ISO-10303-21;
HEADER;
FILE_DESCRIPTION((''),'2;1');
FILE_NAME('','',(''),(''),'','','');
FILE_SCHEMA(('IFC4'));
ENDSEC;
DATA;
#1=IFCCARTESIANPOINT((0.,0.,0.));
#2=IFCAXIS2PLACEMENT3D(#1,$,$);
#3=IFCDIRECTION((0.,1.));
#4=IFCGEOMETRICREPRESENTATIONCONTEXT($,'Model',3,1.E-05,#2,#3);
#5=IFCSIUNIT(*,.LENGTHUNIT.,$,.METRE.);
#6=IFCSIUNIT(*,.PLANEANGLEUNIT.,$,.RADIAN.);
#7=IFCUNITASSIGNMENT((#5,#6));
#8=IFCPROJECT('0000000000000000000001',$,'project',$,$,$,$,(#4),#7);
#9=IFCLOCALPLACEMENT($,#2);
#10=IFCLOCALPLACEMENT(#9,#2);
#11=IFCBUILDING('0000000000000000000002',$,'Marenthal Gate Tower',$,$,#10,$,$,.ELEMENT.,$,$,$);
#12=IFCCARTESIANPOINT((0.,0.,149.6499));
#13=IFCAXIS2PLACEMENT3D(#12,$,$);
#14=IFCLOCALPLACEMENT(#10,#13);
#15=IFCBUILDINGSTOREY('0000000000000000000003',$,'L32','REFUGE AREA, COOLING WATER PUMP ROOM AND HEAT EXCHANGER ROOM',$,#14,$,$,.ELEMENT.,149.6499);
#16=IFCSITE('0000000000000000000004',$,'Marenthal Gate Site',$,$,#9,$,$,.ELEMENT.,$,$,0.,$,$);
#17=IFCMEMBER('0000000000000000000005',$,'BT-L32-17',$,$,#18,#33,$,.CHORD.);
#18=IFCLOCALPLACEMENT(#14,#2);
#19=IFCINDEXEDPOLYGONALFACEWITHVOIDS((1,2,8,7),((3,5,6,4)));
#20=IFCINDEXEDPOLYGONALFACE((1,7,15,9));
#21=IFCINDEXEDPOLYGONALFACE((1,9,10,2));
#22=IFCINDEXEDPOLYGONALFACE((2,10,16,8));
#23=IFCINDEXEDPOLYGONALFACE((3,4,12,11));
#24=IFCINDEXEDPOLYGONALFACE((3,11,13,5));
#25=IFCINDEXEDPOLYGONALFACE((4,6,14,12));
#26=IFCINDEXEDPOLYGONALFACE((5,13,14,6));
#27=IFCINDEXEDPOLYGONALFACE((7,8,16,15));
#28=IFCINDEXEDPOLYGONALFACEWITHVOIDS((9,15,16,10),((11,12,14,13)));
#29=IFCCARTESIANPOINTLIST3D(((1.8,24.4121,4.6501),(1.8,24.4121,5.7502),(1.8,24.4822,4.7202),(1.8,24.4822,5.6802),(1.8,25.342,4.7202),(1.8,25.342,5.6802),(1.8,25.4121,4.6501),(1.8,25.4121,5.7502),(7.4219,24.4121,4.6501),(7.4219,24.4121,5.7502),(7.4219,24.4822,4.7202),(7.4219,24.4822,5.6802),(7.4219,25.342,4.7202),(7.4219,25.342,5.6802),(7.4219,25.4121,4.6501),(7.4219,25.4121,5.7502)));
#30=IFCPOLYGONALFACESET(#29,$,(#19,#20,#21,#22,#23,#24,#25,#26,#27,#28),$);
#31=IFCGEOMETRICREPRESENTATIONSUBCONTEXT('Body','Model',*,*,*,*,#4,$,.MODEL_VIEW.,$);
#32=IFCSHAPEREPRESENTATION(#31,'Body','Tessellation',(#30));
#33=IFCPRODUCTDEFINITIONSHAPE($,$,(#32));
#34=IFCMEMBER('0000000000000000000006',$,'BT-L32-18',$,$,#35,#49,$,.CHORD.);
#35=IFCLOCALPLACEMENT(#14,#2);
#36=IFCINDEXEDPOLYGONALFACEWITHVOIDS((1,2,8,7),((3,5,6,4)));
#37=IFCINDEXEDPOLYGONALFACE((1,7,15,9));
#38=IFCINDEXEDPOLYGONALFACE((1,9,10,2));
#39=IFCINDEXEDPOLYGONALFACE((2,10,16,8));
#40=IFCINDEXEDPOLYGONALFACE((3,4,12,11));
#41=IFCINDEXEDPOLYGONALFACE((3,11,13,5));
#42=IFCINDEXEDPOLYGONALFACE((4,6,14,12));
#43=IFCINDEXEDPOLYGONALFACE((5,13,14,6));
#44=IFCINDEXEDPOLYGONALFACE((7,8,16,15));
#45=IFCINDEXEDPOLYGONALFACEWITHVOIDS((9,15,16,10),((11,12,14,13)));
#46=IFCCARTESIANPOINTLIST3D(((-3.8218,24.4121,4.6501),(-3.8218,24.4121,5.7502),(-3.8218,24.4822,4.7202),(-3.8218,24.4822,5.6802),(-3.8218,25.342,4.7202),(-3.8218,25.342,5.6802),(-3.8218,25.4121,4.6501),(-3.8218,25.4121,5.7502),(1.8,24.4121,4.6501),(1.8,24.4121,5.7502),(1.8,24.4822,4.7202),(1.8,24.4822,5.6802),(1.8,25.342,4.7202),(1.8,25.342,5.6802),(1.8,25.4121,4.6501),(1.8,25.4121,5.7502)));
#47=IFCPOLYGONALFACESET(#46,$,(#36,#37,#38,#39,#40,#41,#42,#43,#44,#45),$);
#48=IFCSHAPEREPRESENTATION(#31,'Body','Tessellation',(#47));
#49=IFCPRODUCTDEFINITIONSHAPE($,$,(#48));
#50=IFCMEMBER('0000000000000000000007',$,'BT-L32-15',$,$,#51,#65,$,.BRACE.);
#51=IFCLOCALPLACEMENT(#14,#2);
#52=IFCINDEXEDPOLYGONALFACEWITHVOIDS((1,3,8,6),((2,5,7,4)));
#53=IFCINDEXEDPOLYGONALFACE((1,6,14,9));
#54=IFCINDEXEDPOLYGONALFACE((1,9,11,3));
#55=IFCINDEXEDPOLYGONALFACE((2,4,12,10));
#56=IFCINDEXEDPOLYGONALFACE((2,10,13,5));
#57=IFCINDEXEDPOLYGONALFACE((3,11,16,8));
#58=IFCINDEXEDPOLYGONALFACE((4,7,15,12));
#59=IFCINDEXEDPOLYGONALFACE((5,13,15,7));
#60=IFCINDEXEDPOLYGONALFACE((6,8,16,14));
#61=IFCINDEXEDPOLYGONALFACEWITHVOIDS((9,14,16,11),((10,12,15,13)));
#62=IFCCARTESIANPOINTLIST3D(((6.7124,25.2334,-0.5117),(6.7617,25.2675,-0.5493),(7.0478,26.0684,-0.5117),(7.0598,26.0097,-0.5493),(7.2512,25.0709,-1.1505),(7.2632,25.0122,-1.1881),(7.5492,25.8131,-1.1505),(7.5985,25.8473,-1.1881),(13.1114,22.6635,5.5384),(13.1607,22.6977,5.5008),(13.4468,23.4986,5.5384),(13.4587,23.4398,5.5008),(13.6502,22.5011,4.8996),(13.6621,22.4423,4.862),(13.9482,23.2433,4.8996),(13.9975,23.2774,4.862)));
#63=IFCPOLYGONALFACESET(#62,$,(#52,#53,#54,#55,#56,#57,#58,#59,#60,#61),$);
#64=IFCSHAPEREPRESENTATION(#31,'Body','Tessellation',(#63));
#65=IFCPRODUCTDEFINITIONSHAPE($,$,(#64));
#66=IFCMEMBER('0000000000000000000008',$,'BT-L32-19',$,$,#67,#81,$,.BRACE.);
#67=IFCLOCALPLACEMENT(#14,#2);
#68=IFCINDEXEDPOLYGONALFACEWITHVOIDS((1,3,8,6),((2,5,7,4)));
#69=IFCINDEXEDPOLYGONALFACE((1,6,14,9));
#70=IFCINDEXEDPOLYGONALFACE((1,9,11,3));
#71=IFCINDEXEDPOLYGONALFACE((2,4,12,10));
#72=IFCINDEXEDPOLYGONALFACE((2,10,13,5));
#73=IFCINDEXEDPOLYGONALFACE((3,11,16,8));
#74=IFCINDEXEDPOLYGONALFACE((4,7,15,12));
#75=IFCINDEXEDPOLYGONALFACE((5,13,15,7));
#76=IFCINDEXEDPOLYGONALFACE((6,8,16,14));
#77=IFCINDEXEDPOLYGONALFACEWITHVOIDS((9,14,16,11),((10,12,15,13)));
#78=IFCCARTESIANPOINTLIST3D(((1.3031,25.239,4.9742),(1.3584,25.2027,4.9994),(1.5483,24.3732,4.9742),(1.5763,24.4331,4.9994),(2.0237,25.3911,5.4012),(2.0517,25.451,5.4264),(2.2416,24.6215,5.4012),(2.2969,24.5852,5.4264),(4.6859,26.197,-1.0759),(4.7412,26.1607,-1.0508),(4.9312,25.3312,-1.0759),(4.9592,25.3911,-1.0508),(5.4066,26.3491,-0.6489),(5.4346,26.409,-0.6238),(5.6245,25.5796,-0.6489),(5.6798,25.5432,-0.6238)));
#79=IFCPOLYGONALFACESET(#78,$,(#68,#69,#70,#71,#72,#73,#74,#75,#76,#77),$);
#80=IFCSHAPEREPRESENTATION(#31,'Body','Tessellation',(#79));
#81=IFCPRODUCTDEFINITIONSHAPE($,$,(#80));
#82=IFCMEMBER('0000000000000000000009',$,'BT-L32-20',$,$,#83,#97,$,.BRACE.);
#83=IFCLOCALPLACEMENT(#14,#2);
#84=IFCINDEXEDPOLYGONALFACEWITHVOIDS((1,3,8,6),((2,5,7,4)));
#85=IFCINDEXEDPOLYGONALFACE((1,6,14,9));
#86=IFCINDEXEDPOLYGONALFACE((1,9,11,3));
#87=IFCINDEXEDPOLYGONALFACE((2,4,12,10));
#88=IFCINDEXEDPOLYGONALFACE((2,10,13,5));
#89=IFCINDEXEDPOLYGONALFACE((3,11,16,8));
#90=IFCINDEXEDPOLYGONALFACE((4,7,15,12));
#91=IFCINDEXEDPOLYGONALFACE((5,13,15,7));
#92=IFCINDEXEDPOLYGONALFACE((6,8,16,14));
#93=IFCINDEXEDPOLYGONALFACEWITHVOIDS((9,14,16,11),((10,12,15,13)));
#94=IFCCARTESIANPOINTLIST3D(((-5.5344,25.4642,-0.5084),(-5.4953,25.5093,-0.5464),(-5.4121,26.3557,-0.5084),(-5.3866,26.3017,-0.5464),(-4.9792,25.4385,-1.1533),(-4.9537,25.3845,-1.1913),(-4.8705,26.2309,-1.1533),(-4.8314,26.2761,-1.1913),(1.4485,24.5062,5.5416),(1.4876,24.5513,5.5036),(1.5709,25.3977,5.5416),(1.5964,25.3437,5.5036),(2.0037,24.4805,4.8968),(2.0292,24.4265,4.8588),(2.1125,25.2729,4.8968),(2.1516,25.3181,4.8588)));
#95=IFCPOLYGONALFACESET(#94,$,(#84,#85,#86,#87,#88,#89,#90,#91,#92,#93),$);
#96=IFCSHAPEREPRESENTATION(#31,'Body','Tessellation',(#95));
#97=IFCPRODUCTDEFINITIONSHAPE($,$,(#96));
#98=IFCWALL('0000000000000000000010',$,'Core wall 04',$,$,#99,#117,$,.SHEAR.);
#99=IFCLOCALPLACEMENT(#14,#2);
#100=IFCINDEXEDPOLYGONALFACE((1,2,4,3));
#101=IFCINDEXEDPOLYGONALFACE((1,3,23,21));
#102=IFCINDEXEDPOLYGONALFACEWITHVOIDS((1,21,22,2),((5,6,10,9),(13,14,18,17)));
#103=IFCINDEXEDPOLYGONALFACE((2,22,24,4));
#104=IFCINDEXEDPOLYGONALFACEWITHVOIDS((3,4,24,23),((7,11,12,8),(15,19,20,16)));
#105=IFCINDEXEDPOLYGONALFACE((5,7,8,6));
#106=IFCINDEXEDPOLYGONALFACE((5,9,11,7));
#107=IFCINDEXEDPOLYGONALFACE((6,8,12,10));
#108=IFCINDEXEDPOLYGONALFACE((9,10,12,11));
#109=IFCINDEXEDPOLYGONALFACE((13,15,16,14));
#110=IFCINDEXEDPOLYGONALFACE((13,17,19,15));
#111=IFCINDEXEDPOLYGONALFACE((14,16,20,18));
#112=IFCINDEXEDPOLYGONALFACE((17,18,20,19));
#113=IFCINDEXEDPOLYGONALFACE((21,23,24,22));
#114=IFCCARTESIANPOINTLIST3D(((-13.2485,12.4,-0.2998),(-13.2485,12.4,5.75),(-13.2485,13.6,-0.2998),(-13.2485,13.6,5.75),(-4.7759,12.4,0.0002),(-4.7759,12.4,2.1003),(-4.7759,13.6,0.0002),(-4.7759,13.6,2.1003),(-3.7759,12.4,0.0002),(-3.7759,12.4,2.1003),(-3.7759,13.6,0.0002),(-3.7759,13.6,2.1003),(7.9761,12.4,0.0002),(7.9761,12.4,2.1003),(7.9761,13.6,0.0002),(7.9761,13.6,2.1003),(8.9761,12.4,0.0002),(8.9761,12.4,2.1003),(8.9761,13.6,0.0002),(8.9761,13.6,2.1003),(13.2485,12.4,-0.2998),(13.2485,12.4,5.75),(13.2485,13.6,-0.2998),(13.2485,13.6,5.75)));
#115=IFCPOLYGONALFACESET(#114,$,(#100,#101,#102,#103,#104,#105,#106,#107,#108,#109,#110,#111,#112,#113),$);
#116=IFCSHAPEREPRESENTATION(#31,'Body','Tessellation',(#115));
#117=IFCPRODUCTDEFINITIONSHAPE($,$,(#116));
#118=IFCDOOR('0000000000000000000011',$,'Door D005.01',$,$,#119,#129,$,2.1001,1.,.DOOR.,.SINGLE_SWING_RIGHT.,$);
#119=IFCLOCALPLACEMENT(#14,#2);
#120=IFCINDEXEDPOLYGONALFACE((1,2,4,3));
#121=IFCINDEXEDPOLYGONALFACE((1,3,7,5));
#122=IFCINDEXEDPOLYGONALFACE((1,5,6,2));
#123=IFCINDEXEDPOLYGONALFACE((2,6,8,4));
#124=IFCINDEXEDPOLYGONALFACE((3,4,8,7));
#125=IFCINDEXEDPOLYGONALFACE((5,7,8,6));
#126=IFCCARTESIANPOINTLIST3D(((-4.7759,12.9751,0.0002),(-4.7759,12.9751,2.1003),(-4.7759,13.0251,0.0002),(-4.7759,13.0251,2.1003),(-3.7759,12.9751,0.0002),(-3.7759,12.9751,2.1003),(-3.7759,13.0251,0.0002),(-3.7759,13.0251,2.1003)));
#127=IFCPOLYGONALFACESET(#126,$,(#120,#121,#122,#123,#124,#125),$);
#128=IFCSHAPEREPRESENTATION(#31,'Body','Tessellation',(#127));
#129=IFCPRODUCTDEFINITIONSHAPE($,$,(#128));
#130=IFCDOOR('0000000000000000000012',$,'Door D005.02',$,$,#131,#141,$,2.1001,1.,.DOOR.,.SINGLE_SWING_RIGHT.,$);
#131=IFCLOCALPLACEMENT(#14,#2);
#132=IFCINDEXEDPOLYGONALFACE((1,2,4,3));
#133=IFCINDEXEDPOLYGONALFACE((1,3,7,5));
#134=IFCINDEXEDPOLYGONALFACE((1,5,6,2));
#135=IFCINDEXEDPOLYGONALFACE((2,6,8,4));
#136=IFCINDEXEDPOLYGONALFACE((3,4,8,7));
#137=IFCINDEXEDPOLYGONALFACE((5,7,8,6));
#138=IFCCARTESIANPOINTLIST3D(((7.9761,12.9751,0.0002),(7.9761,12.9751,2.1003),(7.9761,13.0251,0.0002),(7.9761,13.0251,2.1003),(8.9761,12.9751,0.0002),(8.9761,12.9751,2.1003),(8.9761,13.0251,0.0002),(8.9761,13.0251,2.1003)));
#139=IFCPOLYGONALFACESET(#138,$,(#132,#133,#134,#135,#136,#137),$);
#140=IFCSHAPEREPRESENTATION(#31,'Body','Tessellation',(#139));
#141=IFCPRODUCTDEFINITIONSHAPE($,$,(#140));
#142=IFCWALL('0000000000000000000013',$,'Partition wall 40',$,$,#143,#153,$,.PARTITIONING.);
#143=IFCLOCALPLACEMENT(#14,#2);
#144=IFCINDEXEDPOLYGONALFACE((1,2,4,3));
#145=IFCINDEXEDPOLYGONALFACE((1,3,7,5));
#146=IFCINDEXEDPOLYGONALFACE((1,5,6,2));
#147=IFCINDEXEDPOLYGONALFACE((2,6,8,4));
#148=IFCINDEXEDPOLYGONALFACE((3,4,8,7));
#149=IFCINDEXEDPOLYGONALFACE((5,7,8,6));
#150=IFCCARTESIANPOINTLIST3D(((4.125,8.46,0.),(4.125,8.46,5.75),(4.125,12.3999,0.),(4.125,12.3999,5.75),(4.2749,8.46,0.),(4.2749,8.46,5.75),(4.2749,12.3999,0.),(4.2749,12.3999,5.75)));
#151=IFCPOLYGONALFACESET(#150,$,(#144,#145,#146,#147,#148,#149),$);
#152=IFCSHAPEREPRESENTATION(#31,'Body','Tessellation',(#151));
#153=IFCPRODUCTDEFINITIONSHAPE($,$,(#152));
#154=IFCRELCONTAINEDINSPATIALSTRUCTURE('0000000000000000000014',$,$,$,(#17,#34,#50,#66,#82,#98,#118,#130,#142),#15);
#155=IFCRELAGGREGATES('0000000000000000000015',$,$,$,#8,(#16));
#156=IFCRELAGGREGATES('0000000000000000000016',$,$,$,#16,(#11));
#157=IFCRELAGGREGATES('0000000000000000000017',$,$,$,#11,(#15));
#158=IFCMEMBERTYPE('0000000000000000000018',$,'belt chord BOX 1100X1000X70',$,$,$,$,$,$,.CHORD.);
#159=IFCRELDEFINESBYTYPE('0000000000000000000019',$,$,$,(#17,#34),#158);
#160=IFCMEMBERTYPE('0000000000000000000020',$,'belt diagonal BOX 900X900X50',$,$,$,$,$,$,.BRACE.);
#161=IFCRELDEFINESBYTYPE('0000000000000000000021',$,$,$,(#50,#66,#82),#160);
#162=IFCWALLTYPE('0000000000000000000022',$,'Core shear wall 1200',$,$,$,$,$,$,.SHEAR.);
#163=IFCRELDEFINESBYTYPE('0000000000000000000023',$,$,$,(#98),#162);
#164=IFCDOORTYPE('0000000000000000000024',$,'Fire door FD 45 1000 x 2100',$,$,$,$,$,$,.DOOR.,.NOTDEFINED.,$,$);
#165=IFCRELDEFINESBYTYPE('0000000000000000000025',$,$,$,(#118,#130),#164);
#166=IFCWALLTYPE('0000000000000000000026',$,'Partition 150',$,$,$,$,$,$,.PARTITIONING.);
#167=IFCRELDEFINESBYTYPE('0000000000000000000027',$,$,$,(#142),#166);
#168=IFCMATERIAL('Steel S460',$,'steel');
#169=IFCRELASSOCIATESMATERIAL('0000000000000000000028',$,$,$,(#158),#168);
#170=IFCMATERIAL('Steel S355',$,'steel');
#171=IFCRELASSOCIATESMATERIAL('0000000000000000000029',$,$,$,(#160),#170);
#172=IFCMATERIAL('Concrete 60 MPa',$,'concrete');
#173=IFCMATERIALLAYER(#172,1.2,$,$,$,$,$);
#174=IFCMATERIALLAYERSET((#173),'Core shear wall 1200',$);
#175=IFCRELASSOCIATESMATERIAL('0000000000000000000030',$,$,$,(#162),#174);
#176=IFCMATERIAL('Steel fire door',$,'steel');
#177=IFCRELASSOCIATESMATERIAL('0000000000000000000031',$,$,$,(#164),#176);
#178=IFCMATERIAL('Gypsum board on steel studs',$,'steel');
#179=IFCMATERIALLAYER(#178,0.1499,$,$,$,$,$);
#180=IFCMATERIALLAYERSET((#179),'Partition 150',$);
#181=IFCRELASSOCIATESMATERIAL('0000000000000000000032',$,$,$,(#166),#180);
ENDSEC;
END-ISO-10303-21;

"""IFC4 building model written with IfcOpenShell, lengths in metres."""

from ifc_helpers import new_model, si_unit, direction, frame, frame_2d, origin, origin_2d, place, context, subcontext, project, spatial, rectangle, hollow_rectangle, extrude, material, layer, layer_set, material_profile, profile_set, type_object, element, fill, save


model = new_model("IFC4")

# Units and contexts
model_context = context("Model", 3, precision=1e-05, world=origin(), true_north=direction((0.0, 1.0)))
body_context = subcontext(model_context, "Body", "Model", "MODEL_VIEW")
ifc_project = project(units=[si_unit("LENGTHUNIT", "METRE"), si_unit("PLANEANGLEUNIT", "RADIAN")], contexts=[model_context])

# Site, building, storey
site_placement = place(None, origin())
site = spatial("IfcSite", under=ifc_project, at=site_placement, Name="Marenthal Gate Site", CompositionType="ELEMENT", RefElevation=0.0)
building_placement = place(site_placement, origin())
building = spatial("IfcBuilding", under=site, at=building_placement, Name="Marenthal Gate Tower", CompositionType="ELEMENT")
storey_placement = place(building_placement, frame((0.0, 0.0, 149.6499)))
storey = spatial("IfcBuildingStorey", under=building, at=storey_placement, Name="L32", Description="REFUGE AREA, COOLING WATER PUMP ROOM AND HEAT EXCHANGER ROOM", CompositionType="ELEMENT", Elevation=149.6499)

# Members
ifc_material_1 = material(Name="Steel S460", Category="steel")
ifc_material_profile_1 = material_profile(ifc_material_1, hollow_rectangle(XDim=1.0, YDim=1.1001, WallThickness=0.0701, at=origin_2d()), Name="BOX 1100X1000X70")
ifc_profile_set_1 = profile_set([ifc_material_profile_1], Name="Steel S460")
member_type_1 = type_object("IfcMemberType", Name="belt chord BOX 1100X1000X70", PredefinedType="CHORD", material=ifc_profile_set_1)
for number, where, z_axis, x_axis, name in (
    (1, (7.4219, 24.9121, 5.2002), (-1.0, 0.0, 0.0), (0.0, -1.0, 0.0), "BT-L32-17"),
    (2, (1.8, 24.9121, 5.2002), (-1.0, 0.0, 0.0), (0.0, -1.0, 0.0), "BT-L32-18"),
):
    element("IfcMember", number, at=place(storey_placement, frame(where, z_axis=z_axis, x_axis=x_axis)), inside=storey, type_object=member_type_1, Name=name, PredefinedType="CHORD", context=body_context, shape_type="SweptSolid", body=[
        extrude(hollow_rectangle(XDim=1.0, YDim=1.1001, WallThickness=0.0701, at=origin_2d()), origin(), (0.0, 0.0, 1.0), 5.6218),
    ])
ifc_material_2 = material(Name="Steel S355", Category="steel")
ifc_material_profile_2 = material_profile(ifc_material_2, hollow_rectangle(XDim=0.8999, YDim=0.8999, WallThickness=0.05, at=origin_2d()), Name="BOX 900X900X50")
ifc_profile_set_2 = profile_set([ifc_material_profile_2], Name="Steel S355")
member_type_2 = type_object("IfcMemberType", Name="belt diagonal BOX 900X900X50", PredefinedType="BRACE", material=ifc_profile_set_2)
member_1_placement = place(storey_placement, frame((13.5544, 22.9705, 5.2002), z_axis=(-0.697544, 0.280135, -0.659513), x_axis=(-0.372672, -0.927963, 0.0)))
element("IfcMember", 3, at=member_1_placement, inside=storey, type_object=member_type_2, Name="BT-L32-15", PredefinedType="BRACE", context=body_context, shape_type="SweptSolid", body=[
    extrude(hollow_rectangle(XDim=0.8999, YDim=0.8999, WallThickness=0.05, at=origin_2d()), origin(), (0.0, 0.0, 1.0), 9.1736),
])
member_2_placement = place(storey_placement, frame((5.1829, 25.8701, -0.8499), z_axis=(-0.483435, -0.136908, 0.864608), x_axis=(0.272483, -0.962161, 0.0)))
element("IfcMember", 4, at=member_2_placement, inside=storey, type_object=member_type_2, Name="BT-L32-19", PredefinedType="BRACE", context=body_context, shape_type="SweptSolid", body=[
    extrude(hollow_rectangle(XDim=0.8999, YDim=0.8999, WallThickness=0.05, at=origin_2d()), origin(), (0.0, 0.0, 1.0), 6.9976),
])
member_3_placement = place(storey_placement, frame((1.8, 24.9121, 5.2002), z_axis=(-0.751755, 0.103136, -0.651327), x_axis=(-0.13592, -0.99072, 0.0)))
element("IfcMember", 5, at=member_3_placement, inside=storey, type_object=member_type_2, Name="BT-L32-20", PredefinedType="BRACE", context=body_context, shape_type="SweptSolid", body=[
    extrude(hollow_rectangle(XDim=0.8999, YDim=0.8999, WallThickness=0.05, at=origin_2d()), origin(), (0.0, 0.0, 1.0), 9.2888),
])

# Wall, openings, doors
ifc_material_3 = material(Name="Concrete 60 MPa", Category="concrete")
ifc_layer_1 = layer(ifc_material_3, 1.2)
ifc_layer_set_1 = layer_set([ifc_layer_1], Name="Core shear wall 1200")
wall_type_1 = type_object("IfcWallType", Name="Core shear wall 1200", PredefinedType="SHEAR", material=ifc_layer_set_1)
wall_1_placement = place(storey_placement, frame((13.2485, 13.0, -0.2998), z_axis=(0.0, 0.0, 1.0), x_axis=(-1.0, 0.0, 0.0)))
wall_1 = element("IfcWall", 6, at=wall_1_placement, inside=storey, type_object=wall_type_1, Name="Core wall 04", PredefinedType="SHEAR", context=body_context, shape_type="SweptSolid", body=[
    extrude(rectangle(XDim=26.4971, YDim=1.2, at=frame_2d((13.2485, 0.0))), origin(), (0.0, 0.0, 1.0), 6.0498),
])
opening_1_placement = place(wall_1_placement, frame((17.0244, 0.0, 0.3)))
opening_1 = element("IfcOpeningElement", 7, at=opening_1_placement, cuts=wall_1, PredefinedType="OPENING", context=body_context, shape_type="SweptSolid", body=[
    extrude(rectangle(XDim=1.0, YDim=2.1001, at=frame_2d((0.5, 1.05))), frame((0.0, 0.6099, 0.0), z_axis=(0.0, -1.0, 0.0), x_axis=(1.0, 0.0, 0.0)), (0.0, 0.0, 1.0), 1.22),
])
opening_2_placement = place(wall_1_placement, frame((4.2725, 0.0, 0.3)))
opening_2 = element("IfcOpeningElement", 8, at=opening_2_placement, cuts=wall_1, PredefinedType="OPENING", context=body_context, shape_type="SweptSolid", body=[
    extrude(rectangle(XDim=1.0, YDim=2.1001, at=frame_2d((0.5, 1.05))), frame((0.0, 0.6099, 0.0), z_axis=(0.0, -1.0, 0.0), x_axis=(1.0, 0.0, 0.0)), (0.0, 0.0, 1.0), 1.22),
])
ifc_material_4 = material(Name="Steel fire door", Category="steel")
door_type_1 = type_object("IfcDoorType", Name="Fire door FD 45 1000 x 2100", OperationType="NOTDEFINED", PredefinedType="DOOR", material=ifc_material_4)
door_1_placement = place(opening_1_placement, origin())
door_1 = element("IfcDoor", 9, at=door_1_placement, inside=storey, type_object=door_type_1, Name="Door D005.01", OperationType="SINGLE_SWING_RIGHT", OverallHeight=2.1001, OverallWidth=1.0, PredefinedType="DOOR", context=body_context, shape_type="SweptSolid", body=[
    extrude(rectangle(XDim=1.0, YDim=2.1001, at=frame_2d((0.5, 1.05))), frame((0.0, 0.0249, 0.0), z_axis=(0.0, -1.0, 0.0), x_axis=(1.0, 0.0, 0.0)), (0.0, 0.0, 1.0), 0.05),
])
fill(opening_1, door_1)
door_2_placement = place(opening_2_placement, origin())
door_2 = element("IfcDoor", 10, at=door_2_placement, inside=storey, type_object=door_type_1, Name="Door D005.02", OperationType="SINGLE_SWING_RIGHT", OverallHeight=2.1001, OverallWidth=1.0, PredefinedType="DOOR", context=body_context, shape_type="SweptSolid", body=[
    extrude(rectangle(XDim=1.0, YDim=2.1001, at=frame_2d((0.5, 1.05))), frame((0.0, 0.0249, 0.0), z_axis=(0.0, -1.0, 0.0), x_axis=(1.0, 0.0, 0.0)), (0.0, 0.0, 1.0), 0.05),
])
fill(opening_2, door_2)

# Wall
ifc_material_5 = material(Name="Gypsum board on steel studs", Category="steel")
ifc_layer_2 = layer(ifc_material_5, 0.1499)
ifc_layer_set_2 = layer_set([ifc_layer_2], Name="Partition 150")
wall_type_2 = type_object("IfcWallType", Name="Partition 150", PredefinedType="PARTITIONING", material=ifc_layer_set_2)
wall_2_placement = place(storey_placement, frame((4.2, 8.46, 0.0), z_axis=(0.0, 0.0, 1.0), x_axis=(0.0, 1.0, 0.0)))
element("IfcWall", 11, at=wall_2_placement, inside=storey, type_object=wall_type_2, Name="Partition wall 40", PredefinedType="PARTITIONING", context=body_context, shape_type="SweptSolid", body=[
    extrude(rectangle(XDim=3.9399, YDim=0.1499, at=frame_2d((1.97, 0.0))), origin(), (0.0, 0.0, 1.0), 5.75),
])

save(model, "model.ifc")
